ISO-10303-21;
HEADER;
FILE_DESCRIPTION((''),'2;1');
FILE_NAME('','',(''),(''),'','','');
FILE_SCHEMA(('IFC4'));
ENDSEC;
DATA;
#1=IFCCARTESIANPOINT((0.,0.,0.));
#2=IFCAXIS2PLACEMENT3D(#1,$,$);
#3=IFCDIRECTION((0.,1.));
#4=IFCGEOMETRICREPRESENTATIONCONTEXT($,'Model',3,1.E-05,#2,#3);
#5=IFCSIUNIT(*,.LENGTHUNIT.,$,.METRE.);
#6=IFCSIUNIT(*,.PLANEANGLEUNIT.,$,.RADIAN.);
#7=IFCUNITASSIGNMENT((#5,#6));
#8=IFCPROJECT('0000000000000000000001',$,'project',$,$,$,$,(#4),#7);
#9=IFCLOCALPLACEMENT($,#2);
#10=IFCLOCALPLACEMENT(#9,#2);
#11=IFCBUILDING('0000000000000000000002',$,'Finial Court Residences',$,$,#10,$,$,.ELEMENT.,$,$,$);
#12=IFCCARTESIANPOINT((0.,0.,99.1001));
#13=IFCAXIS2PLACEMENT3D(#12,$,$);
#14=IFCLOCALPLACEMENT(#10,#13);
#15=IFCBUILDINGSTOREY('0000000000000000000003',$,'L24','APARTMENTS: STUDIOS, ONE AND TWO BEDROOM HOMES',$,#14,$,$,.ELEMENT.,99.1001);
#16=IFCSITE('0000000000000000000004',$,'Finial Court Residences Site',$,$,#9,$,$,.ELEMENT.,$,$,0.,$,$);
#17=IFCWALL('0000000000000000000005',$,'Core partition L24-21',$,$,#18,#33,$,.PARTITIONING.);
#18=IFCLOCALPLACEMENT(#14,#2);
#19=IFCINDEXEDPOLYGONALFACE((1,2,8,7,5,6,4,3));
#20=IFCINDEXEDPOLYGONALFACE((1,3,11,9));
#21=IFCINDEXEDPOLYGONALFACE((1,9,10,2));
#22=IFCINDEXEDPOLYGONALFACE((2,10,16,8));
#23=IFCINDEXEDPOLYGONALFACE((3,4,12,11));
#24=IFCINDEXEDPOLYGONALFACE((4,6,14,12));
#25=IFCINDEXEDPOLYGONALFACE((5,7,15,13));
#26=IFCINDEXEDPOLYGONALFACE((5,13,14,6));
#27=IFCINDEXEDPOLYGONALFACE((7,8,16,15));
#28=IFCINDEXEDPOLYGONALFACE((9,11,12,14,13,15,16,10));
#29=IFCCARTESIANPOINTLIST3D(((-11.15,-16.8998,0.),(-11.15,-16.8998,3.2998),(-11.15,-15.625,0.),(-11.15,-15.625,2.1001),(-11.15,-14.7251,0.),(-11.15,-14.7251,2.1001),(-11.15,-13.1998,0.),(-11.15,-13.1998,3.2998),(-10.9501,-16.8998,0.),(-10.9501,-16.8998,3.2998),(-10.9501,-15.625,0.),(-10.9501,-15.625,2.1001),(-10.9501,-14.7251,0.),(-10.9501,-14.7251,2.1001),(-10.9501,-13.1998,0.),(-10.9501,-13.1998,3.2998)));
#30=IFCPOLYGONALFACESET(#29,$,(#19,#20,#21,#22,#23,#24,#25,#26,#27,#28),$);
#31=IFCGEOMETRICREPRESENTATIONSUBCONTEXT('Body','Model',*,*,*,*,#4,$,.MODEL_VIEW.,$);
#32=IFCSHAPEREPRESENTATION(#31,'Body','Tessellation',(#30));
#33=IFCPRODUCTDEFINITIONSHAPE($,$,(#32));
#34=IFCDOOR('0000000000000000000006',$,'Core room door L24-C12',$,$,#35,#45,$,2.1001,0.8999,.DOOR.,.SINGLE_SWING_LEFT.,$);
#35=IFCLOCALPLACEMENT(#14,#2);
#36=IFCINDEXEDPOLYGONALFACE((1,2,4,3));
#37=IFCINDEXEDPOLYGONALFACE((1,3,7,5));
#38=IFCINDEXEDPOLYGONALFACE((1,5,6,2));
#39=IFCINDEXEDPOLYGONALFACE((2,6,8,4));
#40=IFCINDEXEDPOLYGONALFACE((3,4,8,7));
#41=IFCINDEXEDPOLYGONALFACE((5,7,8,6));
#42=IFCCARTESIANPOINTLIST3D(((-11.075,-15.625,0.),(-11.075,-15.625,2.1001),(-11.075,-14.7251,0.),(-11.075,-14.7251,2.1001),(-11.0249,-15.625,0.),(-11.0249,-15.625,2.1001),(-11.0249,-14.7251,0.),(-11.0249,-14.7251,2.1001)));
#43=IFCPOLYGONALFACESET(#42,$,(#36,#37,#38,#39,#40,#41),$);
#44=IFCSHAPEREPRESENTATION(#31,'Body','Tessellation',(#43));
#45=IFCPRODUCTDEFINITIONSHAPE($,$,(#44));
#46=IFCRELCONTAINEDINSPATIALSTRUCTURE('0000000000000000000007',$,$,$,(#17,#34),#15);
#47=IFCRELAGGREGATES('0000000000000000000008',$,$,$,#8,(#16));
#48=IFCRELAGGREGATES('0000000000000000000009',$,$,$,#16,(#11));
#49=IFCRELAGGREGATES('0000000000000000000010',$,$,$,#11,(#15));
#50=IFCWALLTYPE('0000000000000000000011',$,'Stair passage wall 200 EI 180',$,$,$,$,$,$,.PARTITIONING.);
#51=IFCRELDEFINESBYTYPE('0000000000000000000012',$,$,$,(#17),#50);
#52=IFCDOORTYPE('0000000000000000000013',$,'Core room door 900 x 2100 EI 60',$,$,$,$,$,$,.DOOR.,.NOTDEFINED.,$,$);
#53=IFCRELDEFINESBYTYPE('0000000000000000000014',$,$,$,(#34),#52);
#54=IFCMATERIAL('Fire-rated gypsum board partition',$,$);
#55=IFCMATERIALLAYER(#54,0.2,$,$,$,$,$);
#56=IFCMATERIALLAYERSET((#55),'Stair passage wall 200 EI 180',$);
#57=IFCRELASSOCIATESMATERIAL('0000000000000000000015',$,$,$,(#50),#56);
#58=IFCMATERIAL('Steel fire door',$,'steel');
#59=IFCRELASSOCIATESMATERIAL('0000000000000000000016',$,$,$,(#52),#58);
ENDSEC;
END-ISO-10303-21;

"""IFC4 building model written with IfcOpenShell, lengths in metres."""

from ifc_helpers import new_model, si_unit, direction, frame, frame_2d, origin, place, context, subcontext, project, spatial, rectangle, extrude, material, layer, layer_set, type_object, element, fill, save


model = new_model("IFC4")

# Units and contexts
model_context = context("Model", 3, precision=1e-05, world=origin(), true_north=direction((0.0, 1.0)))
body_context = subcontext(model_context, "Body", "Model", "MODEL_VIEW")
ifc_project = project(units=[si_unit("LENGTHUNIT", "METRE"), si_unit("PLANEANGLEUNIT", "RADIAN")], contexts=[model_context])

# Site, building, storey
site_placement = place(None, origin())
site = spatial("IfcSite", under=ifc_project, at=site_placement, Name="Finial Court Residences Site", CompositionType="ELEMENT", RefElevation=0.0)
building_placement = place(site_placement, origin())
building = spatial("IfcBuilding", under=site, at=building_placement, Name="Finial Court Residences", CompositionType="ELEMENT")
storey_placement = place(building_placement, frame((0.0, 0.0, 99.1001)))
storey = spatial("IfcBuildingStorey", under=building, at=storey_placement, Name="L24", Description="APARTMENTS: STUDIOS, ONE AND TWO BEDROOM HOMES", CompositionType="ELEMENT", Elevation=99.1001)

# Shared definitions
ifc_material_1 = material(Name="Fire-rated gypsum board partition")

# Wall, opening, door
ifc_material_2 = material(Name="Steel fire door", Category="steel")
ifc_layer_1 = layer(ifc_material_1, 0.2)
ifc_layer_set_1 = layer_set([ifc_layer_1], Name="Stair passage wall 200 EI 180")
wall_type_1 = type_object("IfcWallType", Name="Stair passage wall 200 EI 180", PredefinedType="PARTITIONING", material=ifc_layer_set_1)
wall_1_placement = place(storey_placement, frame((-11.05, -16.8999, 0.0), z_axis=(0.0, 0.0, 1.0), x_axis=(0.0, 1.0, 0.0)))
wall_1 = element("IfcWall", 1, at=wall_1_placement, inside=storey, type_object=wall_type_1, Name="Core partition L24-21", PredefinedType="PARTITIONING", context=body_context, shape_type="SweptSolid", body=[
    extrude(rectangle(XDim=3.7, YDim=0.2, at=frame_2d((1.8501, 0.0))), origin(), (0.0, 0.0, 1.0), 3.2998),
])
opening_1_placement = place(wall_1_placement, frame((1.2749, 0.0, 0.0)))
opening_1 = element("IfcOpeningElement", 2, at=opening_1_placement, cuts=wall_1, PredefinedType="OPENING", context=body_context, shape_type="SweptSolid", body=[
    extrude(rectangle(XDim=0.8999, YDim=2.1001, at=frame_2d((0.45, 1.05))), frame((0.0, 0.1099, 0.0), z_axis=(0.0, -1.0, 0.0), x_axis=(1.0, 0.0, 0.0)), (0.0, 0.0, 1.0), 0.22),
])
door_type_1 = type_object("IfcDoorType", Name="Core room door 900 x 2100 EI 60", OperationType="NOTDEFINED", PredefinedType="DOOR", material=ifc_material_2)
door_1_placement = place(opening_1_placement, origin())
door_1 = element("IfcDoor", 3, at=door_1_placement, inside=storey, type_object=door_type_1, Name="Core room door L24-C12", OperationType="SINGLE_SWING_LEFT", OverallHeight=2.1001, OverallWidth=0.8999, PredefinedType="DOOR", context=body_context, shape_type="SweptSolid", body=[
    extrude(rectangle(XDim=0.8999, YDim=2.1001, at=frame_2d((0.45, 1.05))), frame((0.0, 0.0249, 0.0), z_axis=(0.0, -1.0, 0.0), x_axis=(1.0, 0.0, 0.0)), (0.0, 0.0, 1.0), 0.05),
])
fill(opening_1, door_1)

save(model, "model.ifc")
